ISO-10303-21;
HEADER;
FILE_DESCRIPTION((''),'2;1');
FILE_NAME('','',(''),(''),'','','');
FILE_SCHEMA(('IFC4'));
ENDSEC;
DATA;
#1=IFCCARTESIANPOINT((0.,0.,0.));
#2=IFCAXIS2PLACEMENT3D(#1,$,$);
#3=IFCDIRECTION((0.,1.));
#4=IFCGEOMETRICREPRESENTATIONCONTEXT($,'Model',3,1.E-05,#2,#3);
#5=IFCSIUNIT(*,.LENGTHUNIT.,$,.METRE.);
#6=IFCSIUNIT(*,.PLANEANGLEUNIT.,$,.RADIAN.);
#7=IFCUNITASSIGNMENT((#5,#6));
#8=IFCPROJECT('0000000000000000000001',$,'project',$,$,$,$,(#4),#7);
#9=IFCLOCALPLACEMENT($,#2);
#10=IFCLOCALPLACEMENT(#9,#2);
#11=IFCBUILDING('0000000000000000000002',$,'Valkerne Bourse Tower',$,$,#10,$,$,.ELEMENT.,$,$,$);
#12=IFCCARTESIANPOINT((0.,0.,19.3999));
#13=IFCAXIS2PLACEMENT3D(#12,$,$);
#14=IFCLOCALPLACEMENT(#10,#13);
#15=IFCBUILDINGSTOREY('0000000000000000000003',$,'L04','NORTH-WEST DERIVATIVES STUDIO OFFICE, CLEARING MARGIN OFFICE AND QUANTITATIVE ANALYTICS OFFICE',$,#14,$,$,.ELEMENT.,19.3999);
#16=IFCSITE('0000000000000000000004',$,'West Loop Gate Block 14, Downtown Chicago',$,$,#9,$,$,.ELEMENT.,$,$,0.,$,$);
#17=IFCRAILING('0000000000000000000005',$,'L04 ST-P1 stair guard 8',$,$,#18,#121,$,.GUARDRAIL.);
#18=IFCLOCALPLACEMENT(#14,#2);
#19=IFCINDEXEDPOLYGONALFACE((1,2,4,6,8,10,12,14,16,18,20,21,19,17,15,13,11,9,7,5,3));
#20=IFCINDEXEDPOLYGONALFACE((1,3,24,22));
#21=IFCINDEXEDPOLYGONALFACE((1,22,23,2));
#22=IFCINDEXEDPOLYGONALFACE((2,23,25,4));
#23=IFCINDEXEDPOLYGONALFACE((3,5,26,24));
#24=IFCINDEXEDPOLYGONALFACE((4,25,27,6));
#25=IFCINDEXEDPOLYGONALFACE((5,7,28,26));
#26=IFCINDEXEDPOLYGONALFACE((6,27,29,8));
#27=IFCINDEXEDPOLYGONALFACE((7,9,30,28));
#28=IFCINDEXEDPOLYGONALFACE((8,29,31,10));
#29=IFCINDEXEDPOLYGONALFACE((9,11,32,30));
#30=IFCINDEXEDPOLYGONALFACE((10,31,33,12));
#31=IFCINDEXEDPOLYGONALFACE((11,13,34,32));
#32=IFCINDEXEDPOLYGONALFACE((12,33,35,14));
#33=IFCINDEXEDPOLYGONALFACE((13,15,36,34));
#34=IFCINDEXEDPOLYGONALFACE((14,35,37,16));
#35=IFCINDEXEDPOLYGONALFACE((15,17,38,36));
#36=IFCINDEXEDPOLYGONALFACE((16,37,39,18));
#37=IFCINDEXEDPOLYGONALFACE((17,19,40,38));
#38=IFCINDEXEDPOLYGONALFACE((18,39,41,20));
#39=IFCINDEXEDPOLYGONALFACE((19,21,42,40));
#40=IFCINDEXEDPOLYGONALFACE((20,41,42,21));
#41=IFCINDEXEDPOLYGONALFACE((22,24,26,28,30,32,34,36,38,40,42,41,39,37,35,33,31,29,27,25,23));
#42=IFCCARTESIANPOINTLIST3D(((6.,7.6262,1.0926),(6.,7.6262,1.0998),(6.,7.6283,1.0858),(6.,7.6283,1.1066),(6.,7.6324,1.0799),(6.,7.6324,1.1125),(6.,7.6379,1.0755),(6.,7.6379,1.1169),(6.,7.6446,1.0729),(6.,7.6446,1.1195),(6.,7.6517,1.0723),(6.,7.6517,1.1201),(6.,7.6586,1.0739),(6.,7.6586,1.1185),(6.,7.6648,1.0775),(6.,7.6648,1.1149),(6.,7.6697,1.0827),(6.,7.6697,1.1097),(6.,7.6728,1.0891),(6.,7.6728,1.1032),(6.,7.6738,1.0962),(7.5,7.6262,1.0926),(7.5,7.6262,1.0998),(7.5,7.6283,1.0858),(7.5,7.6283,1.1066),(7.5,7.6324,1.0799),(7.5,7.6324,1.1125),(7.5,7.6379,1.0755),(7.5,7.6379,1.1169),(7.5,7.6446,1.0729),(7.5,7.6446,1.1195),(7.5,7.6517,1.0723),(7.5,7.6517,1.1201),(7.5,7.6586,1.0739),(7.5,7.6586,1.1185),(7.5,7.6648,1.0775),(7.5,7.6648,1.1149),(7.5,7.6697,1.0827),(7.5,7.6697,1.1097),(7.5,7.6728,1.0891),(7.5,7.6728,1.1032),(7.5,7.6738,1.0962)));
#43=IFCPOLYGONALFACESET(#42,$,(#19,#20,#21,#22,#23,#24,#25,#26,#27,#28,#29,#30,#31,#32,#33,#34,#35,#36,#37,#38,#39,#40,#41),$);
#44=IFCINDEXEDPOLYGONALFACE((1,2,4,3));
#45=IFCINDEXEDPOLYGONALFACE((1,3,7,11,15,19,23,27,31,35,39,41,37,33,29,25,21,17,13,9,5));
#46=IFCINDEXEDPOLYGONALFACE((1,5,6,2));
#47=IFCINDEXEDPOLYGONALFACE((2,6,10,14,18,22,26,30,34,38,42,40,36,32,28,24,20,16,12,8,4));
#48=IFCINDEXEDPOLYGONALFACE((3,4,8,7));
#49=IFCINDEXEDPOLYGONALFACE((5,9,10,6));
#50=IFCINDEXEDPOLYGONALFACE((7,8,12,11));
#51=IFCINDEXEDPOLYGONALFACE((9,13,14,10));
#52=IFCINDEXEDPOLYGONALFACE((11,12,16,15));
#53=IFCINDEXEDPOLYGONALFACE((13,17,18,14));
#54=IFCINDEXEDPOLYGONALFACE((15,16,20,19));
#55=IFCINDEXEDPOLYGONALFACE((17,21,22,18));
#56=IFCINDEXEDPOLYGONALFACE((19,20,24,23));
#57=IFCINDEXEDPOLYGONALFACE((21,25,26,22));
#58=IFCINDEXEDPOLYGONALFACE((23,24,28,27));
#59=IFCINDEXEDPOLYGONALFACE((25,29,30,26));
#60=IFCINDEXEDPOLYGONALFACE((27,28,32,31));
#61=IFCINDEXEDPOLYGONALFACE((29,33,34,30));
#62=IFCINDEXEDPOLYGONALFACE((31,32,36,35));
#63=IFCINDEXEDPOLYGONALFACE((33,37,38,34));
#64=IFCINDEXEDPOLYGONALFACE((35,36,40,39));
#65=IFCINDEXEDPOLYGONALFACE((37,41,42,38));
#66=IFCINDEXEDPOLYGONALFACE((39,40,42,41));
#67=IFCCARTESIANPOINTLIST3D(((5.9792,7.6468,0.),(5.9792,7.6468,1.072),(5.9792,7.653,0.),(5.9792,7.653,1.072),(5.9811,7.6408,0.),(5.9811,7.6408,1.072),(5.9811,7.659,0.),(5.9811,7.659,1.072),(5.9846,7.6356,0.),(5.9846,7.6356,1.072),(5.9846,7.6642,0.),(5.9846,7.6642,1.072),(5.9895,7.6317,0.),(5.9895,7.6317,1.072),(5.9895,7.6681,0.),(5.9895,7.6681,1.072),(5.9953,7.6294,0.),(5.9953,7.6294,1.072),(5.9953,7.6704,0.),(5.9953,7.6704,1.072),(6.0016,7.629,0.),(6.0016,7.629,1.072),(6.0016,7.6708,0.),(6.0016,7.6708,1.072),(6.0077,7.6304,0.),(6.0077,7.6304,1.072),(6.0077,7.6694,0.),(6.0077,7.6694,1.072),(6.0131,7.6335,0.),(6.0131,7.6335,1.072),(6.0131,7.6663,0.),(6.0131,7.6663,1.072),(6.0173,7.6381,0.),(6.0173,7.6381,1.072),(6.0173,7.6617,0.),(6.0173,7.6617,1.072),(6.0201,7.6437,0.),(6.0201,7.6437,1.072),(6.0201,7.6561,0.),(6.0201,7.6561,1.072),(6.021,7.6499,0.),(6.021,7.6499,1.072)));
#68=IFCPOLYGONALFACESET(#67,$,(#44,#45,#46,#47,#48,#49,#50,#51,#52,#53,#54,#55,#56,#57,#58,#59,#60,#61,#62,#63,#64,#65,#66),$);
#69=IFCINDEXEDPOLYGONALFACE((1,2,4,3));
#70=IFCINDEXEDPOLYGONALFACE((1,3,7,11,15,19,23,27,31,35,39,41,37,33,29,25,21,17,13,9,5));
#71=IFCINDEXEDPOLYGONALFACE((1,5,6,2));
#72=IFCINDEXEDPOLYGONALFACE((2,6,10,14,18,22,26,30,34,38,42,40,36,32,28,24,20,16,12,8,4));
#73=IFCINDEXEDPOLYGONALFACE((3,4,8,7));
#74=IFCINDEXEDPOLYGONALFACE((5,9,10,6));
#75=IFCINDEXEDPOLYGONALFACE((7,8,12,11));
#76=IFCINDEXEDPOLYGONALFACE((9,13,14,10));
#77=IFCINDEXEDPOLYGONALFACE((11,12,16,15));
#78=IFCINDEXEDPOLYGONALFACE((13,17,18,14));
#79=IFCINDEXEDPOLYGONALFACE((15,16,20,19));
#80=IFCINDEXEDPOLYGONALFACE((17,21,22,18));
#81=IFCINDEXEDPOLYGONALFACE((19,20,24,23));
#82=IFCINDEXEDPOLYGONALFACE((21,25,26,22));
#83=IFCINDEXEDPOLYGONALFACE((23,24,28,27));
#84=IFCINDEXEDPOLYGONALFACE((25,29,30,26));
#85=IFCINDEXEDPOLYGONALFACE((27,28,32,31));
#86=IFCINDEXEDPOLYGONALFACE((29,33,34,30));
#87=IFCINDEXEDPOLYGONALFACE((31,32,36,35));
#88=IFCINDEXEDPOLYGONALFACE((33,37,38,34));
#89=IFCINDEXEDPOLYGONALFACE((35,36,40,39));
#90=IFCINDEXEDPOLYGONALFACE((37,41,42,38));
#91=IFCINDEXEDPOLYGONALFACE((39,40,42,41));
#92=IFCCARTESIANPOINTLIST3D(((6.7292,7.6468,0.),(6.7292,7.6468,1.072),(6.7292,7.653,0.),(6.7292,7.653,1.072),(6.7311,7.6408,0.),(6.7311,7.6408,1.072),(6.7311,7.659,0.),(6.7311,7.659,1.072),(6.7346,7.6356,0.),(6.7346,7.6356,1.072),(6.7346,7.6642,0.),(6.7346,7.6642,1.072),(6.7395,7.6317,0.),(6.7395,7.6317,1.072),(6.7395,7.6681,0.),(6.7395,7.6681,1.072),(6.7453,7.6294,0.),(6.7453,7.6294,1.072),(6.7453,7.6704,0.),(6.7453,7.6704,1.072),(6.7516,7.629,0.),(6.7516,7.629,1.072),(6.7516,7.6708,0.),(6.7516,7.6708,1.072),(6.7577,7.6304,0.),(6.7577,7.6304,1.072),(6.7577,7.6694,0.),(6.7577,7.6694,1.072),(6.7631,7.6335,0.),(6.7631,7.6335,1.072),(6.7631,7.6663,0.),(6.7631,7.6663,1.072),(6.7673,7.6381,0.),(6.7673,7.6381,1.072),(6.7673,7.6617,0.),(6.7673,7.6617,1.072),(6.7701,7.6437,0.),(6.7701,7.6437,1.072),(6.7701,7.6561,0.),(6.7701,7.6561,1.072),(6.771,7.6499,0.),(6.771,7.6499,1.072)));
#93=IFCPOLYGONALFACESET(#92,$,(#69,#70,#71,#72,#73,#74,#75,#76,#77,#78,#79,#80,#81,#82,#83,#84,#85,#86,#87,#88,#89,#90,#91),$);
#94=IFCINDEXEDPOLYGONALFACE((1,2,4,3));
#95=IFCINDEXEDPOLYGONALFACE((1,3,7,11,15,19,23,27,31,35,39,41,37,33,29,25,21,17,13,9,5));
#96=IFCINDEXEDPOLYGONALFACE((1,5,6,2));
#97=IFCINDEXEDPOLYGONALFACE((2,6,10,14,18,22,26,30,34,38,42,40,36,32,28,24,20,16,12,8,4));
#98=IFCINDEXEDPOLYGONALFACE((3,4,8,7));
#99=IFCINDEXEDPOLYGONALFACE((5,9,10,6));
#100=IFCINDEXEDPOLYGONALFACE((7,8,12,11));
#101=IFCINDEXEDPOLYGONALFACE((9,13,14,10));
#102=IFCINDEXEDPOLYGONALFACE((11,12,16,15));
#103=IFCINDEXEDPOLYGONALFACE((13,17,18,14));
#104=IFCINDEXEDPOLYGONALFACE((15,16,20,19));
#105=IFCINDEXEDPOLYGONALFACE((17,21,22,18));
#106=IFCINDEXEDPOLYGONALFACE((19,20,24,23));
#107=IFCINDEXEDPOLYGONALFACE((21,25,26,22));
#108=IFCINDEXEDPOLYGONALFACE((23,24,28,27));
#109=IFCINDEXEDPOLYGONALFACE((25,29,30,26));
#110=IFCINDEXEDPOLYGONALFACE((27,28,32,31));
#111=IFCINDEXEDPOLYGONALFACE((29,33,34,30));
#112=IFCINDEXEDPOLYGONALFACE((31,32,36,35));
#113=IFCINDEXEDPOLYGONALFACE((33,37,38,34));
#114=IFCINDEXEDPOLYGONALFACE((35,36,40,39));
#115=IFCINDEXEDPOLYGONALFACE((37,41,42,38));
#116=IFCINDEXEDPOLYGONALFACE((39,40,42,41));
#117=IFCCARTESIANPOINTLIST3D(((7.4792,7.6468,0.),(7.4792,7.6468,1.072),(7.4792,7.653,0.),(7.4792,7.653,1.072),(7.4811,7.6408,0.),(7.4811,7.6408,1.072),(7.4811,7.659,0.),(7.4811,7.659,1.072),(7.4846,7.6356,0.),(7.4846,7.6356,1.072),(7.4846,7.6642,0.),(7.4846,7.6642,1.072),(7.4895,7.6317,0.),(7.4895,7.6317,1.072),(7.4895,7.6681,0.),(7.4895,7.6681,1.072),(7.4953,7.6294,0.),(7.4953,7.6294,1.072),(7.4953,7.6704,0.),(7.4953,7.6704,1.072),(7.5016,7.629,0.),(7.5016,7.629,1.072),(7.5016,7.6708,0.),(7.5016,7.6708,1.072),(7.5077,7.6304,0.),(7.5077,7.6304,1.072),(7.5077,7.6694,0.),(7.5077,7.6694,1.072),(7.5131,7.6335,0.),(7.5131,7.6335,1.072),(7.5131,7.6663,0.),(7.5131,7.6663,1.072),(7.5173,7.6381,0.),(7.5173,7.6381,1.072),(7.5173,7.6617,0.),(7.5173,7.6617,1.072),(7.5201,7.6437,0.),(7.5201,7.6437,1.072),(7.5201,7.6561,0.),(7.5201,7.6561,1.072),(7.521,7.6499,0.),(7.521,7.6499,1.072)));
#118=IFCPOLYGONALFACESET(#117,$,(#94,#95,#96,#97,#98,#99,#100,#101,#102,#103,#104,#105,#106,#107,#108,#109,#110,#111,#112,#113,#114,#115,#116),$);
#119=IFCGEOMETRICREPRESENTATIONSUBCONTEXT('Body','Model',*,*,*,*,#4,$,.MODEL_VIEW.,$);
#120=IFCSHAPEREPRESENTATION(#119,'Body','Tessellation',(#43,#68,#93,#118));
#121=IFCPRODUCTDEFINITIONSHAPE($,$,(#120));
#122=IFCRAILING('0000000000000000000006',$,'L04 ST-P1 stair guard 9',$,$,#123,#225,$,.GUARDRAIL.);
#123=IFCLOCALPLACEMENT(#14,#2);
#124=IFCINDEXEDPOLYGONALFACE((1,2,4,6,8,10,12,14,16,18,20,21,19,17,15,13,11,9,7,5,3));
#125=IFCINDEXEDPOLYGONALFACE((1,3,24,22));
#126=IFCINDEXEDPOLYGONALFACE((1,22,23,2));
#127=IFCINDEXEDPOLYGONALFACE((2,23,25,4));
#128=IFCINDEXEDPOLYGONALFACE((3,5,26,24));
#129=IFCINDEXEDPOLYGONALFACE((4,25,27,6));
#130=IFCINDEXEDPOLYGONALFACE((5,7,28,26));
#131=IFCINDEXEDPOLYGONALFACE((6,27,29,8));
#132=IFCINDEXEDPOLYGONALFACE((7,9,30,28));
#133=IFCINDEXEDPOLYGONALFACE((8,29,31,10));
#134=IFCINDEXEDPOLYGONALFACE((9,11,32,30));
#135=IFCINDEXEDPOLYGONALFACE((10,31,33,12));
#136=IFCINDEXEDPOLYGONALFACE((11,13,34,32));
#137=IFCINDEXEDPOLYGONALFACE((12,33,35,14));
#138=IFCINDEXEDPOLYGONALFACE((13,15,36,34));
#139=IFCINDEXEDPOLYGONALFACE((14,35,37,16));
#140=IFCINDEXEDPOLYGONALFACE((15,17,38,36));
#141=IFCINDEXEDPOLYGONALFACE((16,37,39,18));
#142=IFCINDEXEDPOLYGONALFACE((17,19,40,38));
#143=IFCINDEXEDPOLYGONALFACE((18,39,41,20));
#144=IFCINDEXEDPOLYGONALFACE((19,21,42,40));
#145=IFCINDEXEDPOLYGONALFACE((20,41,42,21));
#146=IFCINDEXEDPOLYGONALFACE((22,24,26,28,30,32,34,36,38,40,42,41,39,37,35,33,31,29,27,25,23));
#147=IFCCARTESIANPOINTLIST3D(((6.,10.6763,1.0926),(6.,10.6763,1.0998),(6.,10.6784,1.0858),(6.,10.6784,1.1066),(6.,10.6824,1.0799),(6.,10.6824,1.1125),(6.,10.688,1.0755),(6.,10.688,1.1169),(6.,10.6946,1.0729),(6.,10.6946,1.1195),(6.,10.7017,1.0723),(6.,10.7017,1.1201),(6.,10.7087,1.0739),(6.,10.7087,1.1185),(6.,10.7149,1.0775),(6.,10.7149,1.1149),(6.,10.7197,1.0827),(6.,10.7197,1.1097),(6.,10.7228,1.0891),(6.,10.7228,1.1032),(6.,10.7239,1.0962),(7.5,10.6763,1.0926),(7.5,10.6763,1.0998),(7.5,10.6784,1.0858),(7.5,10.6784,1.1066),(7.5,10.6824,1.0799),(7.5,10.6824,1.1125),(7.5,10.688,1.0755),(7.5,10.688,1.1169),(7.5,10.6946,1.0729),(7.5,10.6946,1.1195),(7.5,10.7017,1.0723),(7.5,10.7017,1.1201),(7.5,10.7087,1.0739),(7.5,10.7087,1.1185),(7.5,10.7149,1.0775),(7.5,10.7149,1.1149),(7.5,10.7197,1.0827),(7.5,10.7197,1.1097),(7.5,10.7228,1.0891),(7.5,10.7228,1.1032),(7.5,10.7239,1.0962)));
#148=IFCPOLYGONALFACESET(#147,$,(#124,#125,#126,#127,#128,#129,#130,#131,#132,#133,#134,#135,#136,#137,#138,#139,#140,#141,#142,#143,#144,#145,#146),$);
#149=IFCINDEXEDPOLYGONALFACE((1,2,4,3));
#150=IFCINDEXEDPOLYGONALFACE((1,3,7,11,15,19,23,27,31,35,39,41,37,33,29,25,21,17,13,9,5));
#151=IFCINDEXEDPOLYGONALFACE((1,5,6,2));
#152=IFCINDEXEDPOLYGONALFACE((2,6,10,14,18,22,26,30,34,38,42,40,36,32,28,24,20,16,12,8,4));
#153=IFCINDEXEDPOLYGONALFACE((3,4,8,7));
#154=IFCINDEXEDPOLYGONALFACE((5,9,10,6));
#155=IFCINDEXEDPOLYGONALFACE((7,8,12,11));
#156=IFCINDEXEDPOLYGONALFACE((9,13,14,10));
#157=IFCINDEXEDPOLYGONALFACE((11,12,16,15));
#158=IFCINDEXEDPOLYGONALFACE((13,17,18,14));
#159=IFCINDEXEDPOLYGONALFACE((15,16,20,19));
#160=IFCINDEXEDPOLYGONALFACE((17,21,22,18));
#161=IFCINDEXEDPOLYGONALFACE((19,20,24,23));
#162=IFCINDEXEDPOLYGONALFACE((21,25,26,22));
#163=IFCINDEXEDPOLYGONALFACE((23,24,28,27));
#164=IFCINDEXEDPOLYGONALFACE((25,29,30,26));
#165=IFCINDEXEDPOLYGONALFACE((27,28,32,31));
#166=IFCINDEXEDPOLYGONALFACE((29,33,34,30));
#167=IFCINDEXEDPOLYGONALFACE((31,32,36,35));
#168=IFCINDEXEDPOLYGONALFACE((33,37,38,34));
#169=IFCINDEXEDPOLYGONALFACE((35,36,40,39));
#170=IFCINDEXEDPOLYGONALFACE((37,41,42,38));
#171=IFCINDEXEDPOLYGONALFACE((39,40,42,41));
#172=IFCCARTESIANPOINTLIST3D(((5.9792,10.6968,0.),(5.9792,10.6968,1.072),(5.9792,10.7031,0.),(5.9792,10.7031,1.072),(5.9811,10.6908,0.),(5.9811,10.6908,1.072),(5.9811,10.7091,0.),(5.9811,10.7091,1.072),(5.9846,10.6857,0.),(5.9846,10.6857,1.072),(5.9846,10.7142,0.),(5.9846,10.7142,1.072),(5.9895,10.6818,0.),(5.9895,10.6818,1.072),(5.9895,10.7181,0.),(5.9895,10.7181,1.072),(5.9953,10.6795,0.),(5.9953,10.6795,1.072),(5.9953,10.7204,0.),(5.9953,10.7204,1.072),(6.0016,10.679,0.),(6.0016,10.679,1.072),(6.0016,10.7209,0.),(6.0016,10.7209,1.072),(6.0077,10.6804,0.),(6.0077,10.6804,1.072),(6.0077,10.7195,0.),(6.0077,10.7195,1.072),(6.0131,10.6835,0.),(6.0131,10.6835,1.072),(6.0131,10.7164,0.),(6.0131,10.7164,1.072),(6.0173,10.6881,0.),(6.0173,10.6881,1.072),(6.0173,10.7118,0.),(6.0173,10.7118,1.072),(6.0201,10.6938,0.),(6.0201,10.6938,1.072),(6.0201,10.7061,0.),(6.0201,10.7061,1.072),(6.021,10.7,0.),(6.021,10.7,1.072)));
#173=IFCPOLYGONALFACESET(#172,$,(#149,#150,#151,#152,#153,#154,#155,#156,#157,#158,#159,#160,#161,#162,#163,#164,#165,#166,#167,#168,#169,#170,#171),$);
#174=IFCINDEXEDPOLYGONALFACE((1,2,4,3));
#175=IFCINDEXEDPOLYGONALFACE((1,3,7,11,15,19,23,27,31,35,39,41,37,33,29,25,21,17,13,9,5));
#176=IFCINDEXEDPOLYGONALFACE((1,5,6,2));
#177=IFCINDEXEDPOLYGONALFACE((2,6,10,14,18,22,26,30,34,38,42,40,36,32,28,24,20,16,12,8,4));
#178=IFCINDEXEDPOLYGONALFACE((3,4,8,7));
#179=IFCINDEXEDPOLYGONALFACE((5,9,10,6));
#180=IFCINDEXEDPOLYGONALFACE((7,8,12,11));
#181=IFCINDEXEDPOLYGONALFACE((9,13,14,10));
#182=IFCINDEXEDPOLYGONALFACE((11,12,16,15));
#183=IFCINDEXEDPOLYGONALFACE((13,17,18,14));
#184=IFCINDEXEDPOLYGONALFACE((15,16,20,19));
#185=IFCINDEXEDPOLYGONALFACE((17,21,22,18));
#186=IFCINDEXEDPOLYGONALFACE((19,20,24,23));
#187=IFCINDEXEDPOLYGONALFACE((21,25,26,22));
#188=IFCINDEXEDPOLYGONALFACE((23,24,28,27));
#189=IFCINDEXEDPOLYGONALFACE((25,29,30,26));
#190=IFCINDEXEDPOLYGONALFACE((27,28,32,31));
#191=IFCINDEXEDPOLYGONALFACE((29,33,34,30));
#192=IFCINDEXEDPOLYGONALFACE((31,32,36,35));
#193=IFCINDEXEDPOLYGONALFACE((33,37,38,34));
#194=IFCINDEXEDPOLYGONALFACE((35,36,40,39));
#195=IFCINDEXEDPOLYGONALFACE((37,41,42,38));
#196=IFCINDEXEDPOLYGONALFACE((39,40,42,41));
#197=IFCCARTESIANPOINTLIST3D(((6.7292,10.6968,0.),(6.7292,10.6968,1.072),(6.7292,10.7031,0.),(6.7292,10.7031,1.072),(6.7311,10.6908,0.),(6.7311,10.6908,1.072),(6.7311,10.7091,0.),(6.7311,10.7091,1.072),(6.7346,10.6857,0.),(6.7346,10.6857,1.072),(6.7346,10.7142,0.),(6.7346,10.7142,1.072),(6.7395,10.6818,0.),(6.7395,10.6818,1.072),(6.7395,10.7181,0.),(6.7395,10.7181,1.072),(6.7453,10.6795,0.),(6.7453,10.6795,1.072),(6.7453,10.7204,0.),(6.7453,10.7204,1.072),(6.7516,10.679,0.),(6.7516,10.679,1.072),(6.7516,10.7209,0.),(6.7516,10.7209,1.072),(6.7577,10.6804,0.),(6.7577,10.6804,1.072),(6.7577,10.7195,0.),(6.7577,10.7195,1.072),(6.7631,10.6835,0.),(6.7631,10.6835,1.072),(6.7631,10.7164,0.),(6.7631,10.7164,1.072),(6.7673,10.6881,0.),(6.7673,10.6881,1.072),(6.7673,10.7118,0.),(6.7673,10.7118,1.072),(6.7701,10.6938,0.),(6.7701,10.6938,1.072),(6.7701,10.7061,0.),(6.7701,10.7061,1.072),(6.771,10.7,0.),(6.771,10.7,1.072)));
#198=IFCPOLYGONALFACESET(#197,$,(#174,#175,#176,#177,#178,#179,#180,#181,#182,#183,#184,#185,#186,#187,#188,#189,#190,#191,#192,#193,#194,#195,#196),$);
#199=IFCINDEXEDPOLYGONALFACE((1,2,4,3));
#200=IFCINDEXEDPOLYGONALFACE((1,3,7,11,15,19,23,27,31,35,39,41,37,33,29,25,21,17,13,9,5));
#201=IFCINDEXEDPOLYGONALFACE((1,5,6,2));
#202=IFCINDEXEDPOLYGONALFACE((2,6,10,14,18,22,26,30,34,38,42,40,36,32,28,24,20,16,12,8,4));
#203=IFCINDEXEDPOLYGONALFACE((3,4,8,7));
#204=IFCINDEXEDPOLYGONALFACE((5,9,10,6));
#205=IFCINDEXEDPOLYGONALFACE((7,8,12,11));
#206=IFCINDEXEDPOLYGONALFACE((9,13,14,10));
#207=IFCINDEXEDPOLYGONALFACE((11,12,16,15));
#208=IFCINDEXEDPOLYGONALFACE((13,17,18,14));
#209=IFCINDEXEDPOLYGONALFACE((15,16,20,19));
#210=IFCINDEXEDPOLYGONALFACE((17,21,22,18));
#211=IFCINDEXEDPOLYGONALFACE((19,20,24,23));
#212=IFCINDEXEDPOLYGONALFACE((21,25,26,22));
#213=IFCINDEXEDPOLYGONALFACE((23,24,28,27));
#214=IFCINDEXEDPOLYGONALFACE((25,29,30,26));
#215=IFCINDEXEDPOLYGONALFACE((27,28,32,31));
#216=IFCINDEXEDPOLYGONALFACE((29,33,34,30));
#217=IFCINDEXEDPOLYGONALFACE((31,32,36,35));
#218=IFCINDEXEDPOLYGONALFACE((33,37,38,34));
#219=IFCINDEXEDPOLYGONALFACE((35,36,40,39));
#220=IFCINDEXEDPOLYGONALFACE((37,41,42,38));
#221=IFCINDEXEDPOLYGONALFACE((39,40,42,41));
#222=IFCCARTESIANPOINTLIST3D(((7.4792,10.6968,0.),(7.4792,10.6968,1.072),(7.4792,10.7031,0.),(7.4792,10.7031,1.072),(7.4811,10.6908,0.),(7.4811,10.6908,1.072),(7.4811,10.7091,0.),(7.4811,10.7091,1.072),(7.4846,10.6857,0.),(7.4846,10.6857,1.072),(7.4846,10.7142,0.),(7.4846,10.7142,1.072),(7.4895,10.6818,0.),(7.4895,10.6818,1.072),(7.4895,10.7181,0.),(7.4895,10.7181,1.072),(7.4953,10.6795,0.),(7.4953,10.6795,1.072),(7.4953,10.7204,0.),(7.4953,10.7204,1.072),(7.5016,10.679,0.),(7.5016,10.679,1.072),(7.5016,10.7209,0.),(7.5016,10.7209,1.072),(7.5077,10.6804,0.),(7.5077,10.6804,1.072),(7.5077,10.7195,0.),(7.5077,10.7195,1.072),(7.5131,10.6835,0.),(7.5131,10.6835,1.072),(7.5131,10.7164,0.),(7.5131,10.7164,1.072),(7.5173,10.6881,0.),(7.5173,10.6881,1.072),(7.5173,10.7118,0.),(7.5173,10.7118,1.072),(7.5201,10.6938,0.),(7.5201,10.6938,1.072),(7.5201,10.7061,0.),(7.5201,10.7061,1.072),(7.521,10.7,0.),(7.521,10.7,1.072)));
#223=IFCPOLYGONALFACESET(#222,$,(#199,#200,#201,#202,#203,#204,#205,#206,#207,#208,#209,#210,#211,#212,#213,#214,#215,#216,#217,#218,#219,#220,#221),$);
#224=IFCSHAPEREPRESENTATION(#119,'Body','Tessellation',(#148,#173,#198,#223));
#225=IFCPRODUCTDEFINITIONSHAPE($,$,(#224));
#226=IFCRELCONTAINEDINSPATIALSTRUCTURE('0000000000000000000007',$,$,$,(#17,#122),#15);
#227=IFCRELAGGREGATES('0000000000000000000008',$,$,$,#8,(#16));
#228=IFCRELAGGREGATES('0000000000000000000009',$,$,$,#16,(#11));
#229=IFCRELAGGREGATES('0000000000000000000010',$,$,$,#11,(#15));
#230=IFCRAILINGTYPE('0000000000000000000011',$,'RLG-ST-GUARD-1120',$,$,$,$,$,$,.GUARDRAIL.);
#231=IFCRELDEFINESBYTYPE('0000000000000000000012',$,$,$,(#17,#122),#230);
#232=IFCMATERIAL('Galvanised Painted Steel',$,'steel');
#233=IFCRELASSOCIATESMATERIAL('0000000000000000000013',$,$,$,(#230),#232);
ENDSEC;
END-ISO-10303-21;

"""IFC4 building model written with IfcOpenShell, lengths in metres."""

from ifc_helpers import new_model, si_unit, direction, frame, origin, origin_2d, place, context, subcontext, project, spatial, circle, extrude, material, type_object, element, save


model = new_model("IFC4")

# Units and contexts
model_context = context("Model", 3, precision=1e-05, world=origin(), true_north=direction((0.0, 1.0)))
body_context = subcontext(model_context, "Body", "Model", "MODEL_VIEW")
ifc_project = project(units=[si_unit("LENGTHUNIT", "METRE"), si_unit("PLANEANGLEUNIT", "RADIAN")], contexts=[model_context])

# Site, building, storey
site_placement = place(None, origin())
site = spatial("IfcSite", under=ifc_project, at=site_placement, Name="West Loop Gate Block 14, Downtown Chicago", CompositionType="ELEMENT", RefElevation=0.0)
building_placement = place(site_placement, origin())
building = spatial("IfcBuilding", under=site, at=building_placement, Name="Valkerne Bourse Tower", CompositionType="ELEMENT")
storey_placement = place(building_placement, frame((0.0, 0.0, 19.3999)))
storey = spatial("IfcBuildingStorey", under=building, at=storey_placement, Name="L04", Description="NORTH-WEST DERIVATIVES STUDIO OFFICE, CLEARING MARGIN OFFICE AND QUANTITATIVE ANALYTICS OFFICE", CompositionType="ELEMENT", Elevation=19.3999)

# Shared definitions
ifc_material_1 = material(Name="Galvanised Painted Steel", Category="steel")

# Railings
railing_type_1 = type_object("IfcRailingType", Name="RLG-ST-GUARD-1120", PredefinedType="GUARDRAIL", material=ifc_material_1)
for number, where, name in (
    (1, (6.0, 7.6499, 0.0), "L04 ST-P1 stair guard 8"),
    (2, (6.0, 10.7, 0.0), "L04 ST-P1 stair guard 9"),
):
    element("IfcRailing", number, at=place(storey_placement, frame(where)), inside=storey, type_object=railing_type_1, Name=name, PredefinedType="GUARDRAIL", context=body_context, shape_type="SweptSolid", body=[
        extrude(circle(Radius=0.0239, at=origin_2d()), frame((0.0, 0.0, 1.0962), z_axis=(1.0, 0.0, 0.0), x_axis=(0.0, 1.0, 0.0)), (0.0, 0.0, 1.0), 1.5),
        extrude(circle(Radius=0.021, at=origin_2d()), origin(), (0.0, 0.0, 1.0), 1.072),
        extrude(circle(Radius=0.021, at=origin_2d()), frame((0.75, 0.0, 0.0)), (0.0, 0.0, 1.0), 1.072),
        extrude(circle(Radius=0.021, at=origin_2d()), frame((1.5, 0.0, 0.0)), (0.0, 0.0, 1.0), 1.072),
    ])

save(model, "model.ifc")
